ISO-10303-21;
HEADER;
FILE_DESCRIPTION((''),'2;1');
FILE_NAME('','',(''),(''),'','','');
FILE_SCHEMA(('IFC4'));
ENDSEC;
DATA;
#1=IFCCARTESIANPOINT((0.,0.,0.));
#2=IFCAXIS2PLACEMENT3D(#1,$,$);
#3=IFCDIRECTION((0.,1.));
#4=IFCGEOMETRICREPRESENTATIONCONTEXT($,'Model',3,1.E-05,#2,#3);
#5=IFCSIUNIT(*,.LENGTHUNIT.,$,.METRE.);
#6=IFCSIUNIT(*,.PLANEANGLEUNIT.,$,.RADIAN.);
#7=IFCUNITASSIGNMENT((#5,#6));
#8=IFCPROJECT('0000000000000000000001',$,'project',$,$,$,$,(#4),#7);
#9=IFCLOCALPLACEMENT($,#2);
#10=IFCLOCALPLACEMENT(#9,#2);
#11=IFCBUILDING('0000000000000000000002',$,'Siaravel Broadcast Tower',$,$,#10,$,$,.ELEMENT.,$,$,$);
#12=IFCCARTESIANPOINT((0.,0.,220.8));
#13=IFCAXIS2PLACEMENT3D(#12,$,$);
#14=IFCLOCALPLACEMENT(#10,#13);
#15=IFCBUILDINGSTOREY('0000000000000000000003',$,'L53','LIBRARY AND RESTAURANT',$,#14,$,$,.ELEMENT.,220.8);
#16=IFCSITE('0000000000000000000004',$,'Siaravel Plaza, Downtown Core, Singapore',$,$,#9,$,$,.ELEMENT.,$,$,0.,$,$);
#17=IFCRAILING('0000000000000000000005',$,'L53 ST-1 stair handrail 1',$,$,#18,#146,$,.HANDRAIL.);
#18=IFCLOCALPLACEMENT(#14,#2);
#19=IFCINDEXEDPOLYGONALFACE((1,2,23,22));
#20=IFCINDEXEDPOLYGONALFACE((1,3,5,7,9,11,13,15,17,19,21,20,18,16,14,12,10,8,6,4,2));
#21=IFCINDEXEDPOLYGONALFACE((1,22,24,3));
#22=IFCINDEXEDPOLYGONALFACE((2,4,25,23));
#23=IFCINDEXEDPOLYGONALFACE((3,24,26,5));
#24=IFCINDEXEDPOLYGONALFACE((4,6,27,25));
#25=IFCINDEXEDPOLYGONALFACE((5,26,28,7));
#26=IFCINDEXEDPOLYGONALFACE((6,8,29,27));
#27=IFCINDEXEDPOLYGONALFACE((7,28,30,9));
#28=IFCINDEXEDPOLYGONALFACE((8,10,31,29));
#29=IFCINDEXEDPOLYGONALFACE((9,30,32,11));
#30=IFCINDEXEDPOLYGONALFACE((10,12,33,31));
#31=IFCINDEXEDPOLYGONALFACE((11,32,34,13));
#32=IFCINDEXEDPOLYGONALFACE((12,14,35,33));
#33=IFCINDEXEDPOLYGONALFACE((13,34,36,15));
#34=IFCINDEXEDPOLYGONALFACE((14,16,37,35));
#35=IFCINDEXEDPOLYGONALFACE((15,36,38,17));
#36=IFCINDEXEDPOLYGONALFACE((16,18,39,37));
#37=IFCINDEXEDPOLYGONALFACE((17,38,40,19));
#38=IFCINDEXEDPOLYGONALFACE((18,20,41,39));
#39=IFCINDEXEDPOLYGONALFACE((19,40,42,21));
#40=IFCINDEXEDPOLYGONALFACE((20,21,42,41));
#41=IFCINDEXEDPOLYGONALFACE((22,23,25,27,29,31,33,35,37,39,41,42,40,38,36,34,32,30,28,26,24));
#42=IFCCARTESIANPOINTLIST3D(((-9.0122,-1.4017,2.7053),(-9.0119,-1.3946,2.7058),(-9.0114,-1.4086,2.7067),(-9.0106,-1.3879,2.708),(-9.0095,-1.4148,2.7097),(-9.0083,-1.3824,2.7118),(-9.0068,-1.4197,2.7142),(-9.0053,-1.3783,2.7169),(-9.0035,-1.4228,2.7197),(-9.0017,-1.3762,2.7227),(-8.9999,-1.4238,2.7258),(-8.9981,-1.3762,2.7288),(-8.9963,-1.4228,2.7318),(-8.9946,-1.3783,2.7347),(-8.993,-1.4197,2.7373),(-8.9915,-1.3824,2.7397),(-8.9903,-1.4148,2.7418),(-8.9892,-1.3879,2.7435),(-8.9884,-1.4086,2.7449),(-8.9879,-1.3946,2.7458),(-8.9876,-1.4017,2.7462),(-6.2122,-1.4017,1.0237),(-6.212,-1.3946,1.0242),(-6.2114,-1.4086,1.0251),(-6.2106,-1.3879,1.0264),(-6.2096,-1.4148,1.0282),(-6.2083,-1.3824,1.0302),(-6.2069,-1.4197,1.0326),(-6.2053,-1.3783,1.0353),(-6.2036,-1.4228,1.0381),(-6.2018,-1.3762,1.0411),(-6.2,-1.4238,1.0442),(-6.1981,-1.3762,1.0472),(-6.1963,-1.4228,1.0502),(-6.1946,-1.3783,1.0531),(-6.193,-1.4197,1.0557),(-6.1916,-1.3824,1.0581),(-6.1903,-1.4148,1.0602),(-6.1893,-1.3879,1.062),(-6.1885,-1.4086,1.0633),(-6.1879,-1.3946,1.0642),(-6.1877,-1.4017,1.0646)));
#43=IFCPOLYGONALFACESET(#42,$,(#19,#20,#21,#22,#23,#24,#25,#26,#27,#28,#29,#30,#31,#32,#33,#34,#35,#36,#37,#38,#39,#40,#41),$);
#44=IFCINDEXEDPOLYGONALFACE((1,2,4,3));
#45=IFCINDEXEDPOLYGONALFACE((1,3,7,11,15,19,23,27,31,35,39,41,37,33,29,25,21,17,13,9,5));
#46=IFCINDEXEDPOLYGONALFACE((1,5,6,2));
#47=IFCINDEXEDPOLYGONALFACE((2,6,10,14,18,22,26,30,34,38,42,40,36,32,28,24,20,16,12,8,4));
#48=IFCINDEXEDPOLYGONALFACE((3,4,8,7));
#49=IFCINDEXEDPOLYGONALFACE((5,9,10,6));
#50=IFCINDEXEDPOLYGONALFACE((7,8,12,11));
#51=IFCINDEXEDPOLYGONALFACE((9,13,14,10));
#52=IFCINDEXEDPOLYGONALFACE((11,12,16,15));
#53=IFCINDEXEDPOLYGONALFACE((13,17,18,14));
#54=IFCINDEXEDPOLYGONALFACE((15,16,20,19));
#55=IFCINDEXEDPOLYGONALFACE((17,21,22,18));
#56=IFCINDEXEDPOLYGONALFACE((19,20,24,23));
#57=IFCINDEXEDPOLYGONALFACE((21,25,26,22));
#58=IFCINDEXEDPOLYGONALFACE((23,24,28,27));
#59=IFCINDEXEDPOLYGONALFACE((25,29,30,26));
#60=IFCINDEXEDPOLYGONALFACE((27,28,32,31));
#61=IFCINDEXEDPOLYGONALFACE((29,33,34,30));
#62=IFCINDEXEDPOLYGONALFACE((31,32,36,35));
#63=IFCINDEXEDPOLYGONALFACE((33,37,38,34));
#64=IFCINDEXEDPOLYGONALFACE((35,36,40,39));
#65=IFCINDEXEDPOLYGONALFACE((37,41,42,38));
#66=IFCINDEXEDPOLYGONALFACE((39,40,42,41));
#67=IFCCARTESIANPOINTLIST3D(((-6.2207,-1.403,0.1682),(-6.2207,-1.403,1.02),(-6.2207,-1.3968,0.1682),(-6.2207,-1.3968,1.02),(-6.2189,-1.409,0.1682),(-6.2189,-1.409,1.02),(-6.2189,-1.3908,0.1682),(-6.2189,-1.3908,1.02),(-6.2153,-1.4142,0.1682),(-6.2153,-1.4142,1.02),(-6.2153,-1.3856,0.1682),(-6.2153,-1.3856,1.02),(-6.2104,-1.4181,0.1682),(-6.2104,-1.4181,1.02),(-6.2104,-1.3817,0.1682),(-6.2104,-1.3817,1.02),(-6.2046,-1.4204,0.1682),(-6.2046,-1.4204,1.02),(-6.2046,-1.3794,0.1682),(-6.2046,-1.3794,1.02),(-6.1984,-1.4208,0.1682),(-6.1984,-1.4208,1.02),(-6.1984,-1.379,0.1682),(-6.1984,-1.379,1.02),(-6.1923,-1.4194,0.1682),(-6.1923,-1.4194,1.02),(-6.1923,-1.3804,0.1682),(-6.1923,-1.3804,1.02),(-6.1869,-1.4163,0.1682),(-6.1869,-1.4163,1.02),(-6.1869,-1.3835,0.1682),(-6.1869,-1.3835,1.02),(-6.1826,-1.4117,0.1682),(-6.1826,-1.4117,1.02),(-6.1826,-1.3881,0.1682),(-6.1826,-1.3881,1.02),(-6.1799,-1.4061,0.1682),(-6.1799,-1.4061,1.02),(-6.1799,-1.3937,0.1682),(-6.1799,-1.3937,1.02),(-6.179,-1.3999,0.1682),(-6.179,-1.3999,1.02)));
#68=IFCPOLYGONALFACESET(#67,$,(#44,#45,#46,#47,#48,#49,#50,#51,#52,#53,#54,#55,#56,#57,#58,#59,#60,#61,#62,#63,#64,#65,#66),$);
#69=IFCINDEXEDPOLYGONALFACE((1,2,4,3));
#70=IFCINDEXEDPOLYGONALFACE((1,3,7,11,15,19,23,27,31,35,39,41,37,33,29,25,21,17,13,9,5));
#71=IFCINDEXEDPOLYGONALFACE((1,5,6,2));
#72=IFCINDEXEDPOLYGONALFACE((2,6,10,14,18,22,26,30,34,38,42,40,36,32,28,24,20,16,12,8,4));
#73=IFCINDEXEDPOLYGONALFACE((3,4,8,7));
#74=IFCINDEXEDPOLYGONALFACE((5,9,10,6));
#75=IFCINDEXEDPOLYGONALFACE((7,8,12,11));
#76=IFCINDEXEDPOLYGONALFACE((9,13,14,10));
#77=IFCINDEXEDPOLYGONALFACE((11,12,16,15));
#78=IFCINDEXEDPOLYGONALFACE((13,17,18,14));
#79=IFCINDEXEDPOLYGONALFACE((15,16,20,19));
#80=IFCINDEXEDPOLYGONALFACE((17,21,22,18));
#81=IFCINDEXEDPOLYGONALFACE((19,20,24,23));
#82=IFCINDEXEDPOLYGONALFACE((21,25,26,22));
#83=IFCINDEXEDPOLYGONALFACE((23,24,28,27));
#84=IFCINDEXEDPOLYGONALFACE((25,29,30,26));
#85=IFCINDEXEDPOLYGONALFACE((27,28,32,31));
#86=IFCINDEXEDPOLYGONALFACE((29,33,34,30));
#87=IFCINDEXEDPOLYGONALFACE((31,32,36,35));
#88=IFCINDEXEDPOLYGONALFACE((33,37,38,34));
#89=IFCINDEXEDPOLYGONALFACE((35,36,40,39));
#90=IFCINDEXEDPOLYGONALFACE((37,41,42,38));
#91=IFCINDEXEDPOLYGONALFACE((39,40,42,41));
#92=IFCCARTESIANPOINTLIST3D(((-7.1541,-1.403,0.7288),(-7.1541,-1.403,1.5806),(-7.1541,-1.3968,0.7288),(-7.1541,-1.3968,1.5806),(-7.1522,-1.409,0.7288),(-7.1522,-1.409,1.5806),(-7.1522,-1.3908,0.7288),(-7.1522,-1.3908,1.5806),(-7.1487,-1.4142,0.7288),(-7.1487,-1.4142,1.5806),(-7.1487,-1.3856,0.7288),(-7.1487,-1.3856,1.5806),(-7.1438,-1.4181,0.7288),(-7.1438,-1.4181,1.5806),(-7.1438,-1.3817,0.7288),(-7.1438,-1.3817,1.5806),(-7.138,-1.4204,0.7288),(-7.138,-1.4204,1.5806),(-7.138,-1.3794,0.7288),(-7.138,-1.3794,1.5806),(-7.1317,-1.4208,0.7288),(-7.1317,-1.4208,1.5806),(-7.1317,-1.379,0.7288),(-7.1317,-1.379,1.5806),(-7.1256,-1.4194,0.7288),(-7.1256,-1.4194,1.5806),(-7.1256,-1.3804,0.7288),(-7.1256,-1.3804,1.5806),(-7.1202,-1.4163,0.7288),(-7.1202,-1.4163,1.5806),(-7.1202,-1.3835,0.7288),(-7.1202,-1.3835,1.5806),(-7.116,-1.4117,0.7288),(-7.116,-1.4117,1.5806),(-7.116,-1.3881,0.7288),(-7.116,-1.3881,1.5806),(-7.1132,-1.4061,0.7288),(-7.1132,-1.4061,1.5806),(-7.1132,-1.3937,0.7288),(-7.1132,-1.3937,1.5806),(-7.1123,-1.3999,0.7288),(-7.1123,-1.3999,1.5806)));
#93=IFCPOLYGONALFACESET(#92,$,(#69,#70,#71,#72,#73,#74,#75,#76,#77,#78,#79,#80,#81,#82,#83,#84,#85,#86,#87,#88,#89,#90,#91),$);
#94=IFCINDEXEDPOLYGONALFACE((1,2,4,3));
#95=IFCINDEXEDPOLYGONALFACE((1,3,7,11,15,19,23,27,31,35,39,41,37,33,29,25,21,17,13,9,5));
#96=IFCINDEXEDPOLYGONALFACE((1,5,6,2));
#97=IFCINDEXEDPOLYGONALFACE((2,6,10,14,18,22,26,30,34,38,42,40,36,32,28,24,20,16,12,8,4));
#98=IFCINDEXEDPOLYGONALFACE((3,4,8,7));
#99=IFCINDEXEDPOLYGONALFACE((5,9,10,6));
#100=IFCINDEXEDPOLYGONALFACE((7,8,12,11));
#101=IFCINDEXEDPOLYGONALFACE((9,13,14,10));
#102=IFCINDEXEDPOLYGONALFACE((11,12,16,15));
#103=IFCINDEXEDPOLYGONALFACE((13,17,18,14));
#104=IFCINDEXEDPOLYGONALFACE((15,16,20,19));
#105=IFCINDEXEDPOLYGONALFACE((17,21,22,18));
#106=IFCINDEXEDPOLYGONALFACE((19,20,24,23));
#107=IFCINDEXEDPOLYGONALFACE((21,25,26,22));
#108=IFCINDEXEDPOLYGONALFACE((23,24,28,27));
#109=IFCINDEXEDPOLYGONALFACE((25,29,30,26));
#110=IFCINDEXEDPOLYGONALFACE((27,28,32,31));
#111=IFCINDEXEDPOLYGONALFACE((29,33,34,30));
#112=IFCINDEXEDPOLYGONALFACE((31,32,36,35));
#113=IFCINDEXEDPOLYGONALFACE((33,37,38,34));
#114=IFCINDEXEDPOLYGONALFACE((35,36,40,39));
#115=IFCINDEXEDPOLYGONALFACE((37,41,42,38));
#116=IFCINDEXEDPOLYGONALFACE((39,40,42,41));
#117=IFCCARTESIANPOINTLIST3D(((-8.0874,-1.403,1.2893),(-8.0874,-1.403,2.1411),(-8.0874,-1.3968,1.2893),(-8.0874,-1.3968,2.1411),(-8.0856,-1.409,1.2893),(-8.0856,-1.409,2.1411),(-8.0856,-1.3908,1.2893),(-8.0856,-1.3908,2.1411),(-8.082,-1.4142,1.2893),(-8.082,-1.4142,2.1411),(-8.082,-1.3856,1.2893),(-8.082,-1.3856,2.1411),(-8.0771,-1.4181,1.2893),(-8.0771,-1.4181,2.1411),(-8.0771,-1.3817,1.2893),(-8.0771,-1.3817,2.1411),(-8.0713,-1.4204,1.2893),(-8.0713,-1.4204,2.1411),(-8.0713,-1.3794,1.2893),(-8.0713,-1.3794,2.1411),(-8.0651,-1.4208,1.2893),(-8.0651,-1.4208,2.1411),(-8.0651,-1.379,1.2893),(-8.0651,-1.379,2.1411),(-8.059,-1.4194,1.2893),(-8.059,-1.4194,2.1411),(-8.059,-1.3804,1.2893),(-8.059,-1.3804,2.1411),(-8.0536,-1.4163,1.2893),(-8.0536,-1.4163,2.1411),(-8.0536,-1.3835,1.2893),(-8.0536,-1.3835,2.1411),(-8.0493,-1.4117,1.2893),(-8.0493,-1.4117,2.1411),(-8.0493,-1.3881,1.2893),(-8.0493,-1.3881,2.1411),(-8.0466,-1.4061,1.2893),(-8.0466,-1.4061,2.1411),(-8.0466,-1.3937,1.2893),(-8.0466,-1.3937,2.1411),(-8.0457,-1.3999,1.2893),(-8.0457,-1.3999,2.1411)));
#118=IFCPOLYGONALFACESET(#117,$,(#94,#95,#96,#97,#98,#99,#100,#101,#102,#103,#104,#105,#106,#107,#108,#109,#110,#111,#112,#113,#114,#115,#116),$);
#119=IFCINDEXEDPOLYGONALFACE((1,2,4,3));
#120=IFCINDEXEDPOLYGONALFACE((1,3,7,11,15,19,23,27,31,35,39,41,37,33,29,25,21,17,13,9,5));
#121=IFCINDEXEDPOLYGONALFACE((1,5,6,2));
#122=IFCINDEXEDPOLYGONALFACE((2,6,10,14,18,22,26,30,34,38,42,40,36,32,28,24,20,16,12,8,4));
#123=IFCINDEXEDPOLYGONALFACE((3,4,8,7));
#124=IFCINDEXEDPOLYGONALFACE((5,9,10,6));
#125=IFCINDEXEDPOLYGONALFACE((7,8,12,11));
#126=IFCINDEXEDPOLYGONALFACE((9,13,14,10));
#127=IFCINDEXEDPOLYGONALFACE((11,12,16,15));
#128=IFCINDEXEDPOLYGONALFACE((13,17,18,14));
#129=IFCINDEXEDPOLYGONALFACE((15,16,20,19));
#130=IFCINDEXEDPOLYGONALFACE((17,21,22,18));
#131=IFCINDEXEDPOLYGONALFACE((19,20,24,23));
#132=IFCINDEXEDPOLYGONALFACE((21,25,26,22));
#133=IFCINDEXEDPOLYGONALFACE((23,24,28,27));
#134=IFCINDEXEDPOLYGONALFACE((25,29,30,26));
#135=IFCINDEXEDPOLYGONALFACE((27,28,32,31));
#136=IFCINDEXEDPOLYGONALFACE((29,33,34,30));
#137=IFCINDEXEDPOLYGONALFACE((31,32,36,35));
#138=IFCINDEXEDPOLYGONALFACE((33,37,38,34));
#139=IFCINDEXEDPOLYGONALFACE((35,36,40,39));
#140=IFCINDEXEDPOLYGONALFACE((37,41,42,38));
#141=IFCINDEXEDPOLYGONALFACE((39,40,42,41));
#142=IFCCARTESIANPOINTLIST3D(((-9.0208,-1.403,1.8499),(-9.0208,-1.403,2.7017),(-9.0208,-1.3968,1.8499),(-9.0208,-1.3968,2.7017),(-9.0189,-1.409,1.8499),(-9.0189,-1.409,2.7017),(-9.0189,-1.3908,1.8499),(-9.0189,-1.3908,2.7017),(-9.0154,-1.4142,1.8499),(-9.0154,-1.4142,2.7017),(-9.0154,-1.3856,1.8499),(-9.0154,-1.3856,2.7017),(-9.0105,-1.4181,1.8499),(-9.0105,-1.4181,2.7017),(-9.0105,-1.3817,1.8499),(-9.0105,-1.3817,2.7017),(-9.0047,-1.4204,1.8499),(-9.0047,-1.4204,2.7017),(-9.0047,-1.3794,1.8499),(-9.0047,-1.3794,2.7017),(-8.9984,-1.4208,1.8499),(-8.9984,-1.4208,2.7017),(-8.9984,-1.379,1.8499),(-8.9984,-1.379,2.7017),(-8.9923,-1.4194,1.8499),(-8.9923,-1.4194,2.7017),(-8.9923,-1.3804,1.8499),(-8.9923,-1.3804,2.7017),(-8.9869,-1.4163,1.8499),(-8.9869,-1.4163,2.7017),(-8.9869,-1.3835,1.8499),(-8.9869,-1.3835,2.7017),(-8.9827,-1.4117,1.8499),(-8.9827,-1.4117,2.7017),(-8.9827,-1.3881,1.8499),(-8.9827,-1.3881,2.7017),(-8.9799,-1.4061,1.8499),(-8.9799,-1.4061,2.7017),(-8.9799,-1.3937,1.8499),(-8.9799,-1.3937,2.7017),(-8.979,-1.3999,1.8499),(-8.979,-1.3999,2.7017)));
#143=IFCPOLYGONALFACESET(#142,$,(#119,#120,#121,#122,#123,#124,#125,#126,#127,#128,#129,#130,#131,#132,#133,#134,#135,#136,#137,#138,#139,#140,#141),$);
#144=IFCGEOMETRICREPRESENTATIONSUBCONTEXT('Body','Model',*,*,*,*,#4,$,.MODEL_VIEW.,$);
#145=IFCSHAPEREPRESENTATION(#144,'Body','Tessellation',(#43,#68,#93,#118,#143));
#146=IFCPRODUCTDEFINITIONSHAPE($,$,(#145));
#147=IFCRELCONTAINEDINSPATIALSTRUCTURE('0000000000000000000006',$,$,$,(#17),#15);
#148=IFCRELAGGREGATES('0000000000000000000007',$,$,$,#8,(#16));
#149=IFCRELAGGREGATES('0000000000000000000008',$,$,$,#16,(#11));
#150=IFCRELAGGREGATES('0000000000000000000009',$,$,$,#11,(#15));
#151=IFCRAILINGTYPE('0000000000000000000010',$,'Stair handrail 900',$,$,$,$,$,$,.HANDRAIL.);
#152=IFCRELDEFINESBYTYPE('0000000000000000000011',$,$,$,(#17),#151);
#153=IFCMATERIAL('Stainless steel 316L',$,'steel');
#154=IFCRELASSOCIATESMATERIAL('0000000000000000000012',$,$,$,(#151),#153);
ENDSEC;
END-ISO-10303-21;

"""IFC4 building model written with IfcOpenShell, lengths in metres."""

from ifc_helpers import new_model, si_unit, direction, frame, origin, origin_2d, place, context, subcontext, project, spatial, circle, extrude, material, type_object, element, save


model = new_model("IFC4")

# Units and contexts
model_context = context("Model", 3, precision=1e-05, world=origin(), true_north=direction((0.0, 1.0)))
body_context = subcontext(model_context, "Body", "Model", "MODEL_VIEW")
ifc_project = project(units=[si_unit("LENGTHUNIT", "METRE"), si_unit("PLANEANGLEUNIT", "RADIAN")], contexts=[model_context])

# Site, building, storey
site_placement = place(None, origin())
site = spatial("IfcSite", under=ifc_project, at=site_placement, Name="Siaravel Plaza, Downtown Core, Singapore", CompositionType="ELEMENT", RefElevation=0.0)
building_placement = place(site_placement, origin())
building = spatial("IfcBuilding", under=site, at=building_placement, Name="Siaravel Broadcast Tower", CompositionType="ELEMENT")
storey_placement = place(building_placement, frame((0.0, 0.0, 220.8)))
storey = spatial("IfcBuildingStorey", under=building, at=storey_placement, Name="L53", Description="LIBRARY AND RESTAURANT", CompositionType="ELEMENT", Elevation=220.8)

# Shared definitions
ifc_material_1 = material(Name="Stainless steel 316L", Category="steel")

# Railing
railing_type_1 = type_object("IfcRailingType", Name="Stair handrail 900", PredefinedType="HANDRAIL", material=ifc_material_1)
railing_1_placement = place(storey_placement, frame((-6.2, -1.3999, 0.1682)))
element("IfcRailing", 1, at=railing_1_placement, inside=storey, type_object=railing_type_1, Name="L53 ST-1 stair handrail 1", PredefinedType="HANDRAIL", context=body_context, shape_type="SweptSolid", body=[
    extrude(circle(Radius=0.0239, at=origin_2d()), frame((0.0, 0.0, 0.876), z_axis=(-0.857275, 0.0, 0.514858), x_axis=(0.0, -1.0, 0.0)), (0.0, 0.0, 1.0), 3.2661),
    extrude(circle(Radius=0.021, at=origin_2d()), origin(), (0.0, 0.0, 1.0), 0.8518),
    extrude(circle(Radius=0.021, at=origin_2d()), frame((-0.9333, 0.0, 0.5605)), (0.0, 0.0, 1.0), 0.8518),
    extrude(circle(Radius=0.021, at=origin_2d()), frame((-1.8667, 0.0, 1.1211)), (0.0, 0.0, 1.0), 0.8518),
    extrude(circle(Radius=0.021, at=origin_2d()), frame((-2.8, 0.0, 1.6816)), (0.0, 0.0, 1.0), 0.8518),
])

save(model, "model.ifc")
